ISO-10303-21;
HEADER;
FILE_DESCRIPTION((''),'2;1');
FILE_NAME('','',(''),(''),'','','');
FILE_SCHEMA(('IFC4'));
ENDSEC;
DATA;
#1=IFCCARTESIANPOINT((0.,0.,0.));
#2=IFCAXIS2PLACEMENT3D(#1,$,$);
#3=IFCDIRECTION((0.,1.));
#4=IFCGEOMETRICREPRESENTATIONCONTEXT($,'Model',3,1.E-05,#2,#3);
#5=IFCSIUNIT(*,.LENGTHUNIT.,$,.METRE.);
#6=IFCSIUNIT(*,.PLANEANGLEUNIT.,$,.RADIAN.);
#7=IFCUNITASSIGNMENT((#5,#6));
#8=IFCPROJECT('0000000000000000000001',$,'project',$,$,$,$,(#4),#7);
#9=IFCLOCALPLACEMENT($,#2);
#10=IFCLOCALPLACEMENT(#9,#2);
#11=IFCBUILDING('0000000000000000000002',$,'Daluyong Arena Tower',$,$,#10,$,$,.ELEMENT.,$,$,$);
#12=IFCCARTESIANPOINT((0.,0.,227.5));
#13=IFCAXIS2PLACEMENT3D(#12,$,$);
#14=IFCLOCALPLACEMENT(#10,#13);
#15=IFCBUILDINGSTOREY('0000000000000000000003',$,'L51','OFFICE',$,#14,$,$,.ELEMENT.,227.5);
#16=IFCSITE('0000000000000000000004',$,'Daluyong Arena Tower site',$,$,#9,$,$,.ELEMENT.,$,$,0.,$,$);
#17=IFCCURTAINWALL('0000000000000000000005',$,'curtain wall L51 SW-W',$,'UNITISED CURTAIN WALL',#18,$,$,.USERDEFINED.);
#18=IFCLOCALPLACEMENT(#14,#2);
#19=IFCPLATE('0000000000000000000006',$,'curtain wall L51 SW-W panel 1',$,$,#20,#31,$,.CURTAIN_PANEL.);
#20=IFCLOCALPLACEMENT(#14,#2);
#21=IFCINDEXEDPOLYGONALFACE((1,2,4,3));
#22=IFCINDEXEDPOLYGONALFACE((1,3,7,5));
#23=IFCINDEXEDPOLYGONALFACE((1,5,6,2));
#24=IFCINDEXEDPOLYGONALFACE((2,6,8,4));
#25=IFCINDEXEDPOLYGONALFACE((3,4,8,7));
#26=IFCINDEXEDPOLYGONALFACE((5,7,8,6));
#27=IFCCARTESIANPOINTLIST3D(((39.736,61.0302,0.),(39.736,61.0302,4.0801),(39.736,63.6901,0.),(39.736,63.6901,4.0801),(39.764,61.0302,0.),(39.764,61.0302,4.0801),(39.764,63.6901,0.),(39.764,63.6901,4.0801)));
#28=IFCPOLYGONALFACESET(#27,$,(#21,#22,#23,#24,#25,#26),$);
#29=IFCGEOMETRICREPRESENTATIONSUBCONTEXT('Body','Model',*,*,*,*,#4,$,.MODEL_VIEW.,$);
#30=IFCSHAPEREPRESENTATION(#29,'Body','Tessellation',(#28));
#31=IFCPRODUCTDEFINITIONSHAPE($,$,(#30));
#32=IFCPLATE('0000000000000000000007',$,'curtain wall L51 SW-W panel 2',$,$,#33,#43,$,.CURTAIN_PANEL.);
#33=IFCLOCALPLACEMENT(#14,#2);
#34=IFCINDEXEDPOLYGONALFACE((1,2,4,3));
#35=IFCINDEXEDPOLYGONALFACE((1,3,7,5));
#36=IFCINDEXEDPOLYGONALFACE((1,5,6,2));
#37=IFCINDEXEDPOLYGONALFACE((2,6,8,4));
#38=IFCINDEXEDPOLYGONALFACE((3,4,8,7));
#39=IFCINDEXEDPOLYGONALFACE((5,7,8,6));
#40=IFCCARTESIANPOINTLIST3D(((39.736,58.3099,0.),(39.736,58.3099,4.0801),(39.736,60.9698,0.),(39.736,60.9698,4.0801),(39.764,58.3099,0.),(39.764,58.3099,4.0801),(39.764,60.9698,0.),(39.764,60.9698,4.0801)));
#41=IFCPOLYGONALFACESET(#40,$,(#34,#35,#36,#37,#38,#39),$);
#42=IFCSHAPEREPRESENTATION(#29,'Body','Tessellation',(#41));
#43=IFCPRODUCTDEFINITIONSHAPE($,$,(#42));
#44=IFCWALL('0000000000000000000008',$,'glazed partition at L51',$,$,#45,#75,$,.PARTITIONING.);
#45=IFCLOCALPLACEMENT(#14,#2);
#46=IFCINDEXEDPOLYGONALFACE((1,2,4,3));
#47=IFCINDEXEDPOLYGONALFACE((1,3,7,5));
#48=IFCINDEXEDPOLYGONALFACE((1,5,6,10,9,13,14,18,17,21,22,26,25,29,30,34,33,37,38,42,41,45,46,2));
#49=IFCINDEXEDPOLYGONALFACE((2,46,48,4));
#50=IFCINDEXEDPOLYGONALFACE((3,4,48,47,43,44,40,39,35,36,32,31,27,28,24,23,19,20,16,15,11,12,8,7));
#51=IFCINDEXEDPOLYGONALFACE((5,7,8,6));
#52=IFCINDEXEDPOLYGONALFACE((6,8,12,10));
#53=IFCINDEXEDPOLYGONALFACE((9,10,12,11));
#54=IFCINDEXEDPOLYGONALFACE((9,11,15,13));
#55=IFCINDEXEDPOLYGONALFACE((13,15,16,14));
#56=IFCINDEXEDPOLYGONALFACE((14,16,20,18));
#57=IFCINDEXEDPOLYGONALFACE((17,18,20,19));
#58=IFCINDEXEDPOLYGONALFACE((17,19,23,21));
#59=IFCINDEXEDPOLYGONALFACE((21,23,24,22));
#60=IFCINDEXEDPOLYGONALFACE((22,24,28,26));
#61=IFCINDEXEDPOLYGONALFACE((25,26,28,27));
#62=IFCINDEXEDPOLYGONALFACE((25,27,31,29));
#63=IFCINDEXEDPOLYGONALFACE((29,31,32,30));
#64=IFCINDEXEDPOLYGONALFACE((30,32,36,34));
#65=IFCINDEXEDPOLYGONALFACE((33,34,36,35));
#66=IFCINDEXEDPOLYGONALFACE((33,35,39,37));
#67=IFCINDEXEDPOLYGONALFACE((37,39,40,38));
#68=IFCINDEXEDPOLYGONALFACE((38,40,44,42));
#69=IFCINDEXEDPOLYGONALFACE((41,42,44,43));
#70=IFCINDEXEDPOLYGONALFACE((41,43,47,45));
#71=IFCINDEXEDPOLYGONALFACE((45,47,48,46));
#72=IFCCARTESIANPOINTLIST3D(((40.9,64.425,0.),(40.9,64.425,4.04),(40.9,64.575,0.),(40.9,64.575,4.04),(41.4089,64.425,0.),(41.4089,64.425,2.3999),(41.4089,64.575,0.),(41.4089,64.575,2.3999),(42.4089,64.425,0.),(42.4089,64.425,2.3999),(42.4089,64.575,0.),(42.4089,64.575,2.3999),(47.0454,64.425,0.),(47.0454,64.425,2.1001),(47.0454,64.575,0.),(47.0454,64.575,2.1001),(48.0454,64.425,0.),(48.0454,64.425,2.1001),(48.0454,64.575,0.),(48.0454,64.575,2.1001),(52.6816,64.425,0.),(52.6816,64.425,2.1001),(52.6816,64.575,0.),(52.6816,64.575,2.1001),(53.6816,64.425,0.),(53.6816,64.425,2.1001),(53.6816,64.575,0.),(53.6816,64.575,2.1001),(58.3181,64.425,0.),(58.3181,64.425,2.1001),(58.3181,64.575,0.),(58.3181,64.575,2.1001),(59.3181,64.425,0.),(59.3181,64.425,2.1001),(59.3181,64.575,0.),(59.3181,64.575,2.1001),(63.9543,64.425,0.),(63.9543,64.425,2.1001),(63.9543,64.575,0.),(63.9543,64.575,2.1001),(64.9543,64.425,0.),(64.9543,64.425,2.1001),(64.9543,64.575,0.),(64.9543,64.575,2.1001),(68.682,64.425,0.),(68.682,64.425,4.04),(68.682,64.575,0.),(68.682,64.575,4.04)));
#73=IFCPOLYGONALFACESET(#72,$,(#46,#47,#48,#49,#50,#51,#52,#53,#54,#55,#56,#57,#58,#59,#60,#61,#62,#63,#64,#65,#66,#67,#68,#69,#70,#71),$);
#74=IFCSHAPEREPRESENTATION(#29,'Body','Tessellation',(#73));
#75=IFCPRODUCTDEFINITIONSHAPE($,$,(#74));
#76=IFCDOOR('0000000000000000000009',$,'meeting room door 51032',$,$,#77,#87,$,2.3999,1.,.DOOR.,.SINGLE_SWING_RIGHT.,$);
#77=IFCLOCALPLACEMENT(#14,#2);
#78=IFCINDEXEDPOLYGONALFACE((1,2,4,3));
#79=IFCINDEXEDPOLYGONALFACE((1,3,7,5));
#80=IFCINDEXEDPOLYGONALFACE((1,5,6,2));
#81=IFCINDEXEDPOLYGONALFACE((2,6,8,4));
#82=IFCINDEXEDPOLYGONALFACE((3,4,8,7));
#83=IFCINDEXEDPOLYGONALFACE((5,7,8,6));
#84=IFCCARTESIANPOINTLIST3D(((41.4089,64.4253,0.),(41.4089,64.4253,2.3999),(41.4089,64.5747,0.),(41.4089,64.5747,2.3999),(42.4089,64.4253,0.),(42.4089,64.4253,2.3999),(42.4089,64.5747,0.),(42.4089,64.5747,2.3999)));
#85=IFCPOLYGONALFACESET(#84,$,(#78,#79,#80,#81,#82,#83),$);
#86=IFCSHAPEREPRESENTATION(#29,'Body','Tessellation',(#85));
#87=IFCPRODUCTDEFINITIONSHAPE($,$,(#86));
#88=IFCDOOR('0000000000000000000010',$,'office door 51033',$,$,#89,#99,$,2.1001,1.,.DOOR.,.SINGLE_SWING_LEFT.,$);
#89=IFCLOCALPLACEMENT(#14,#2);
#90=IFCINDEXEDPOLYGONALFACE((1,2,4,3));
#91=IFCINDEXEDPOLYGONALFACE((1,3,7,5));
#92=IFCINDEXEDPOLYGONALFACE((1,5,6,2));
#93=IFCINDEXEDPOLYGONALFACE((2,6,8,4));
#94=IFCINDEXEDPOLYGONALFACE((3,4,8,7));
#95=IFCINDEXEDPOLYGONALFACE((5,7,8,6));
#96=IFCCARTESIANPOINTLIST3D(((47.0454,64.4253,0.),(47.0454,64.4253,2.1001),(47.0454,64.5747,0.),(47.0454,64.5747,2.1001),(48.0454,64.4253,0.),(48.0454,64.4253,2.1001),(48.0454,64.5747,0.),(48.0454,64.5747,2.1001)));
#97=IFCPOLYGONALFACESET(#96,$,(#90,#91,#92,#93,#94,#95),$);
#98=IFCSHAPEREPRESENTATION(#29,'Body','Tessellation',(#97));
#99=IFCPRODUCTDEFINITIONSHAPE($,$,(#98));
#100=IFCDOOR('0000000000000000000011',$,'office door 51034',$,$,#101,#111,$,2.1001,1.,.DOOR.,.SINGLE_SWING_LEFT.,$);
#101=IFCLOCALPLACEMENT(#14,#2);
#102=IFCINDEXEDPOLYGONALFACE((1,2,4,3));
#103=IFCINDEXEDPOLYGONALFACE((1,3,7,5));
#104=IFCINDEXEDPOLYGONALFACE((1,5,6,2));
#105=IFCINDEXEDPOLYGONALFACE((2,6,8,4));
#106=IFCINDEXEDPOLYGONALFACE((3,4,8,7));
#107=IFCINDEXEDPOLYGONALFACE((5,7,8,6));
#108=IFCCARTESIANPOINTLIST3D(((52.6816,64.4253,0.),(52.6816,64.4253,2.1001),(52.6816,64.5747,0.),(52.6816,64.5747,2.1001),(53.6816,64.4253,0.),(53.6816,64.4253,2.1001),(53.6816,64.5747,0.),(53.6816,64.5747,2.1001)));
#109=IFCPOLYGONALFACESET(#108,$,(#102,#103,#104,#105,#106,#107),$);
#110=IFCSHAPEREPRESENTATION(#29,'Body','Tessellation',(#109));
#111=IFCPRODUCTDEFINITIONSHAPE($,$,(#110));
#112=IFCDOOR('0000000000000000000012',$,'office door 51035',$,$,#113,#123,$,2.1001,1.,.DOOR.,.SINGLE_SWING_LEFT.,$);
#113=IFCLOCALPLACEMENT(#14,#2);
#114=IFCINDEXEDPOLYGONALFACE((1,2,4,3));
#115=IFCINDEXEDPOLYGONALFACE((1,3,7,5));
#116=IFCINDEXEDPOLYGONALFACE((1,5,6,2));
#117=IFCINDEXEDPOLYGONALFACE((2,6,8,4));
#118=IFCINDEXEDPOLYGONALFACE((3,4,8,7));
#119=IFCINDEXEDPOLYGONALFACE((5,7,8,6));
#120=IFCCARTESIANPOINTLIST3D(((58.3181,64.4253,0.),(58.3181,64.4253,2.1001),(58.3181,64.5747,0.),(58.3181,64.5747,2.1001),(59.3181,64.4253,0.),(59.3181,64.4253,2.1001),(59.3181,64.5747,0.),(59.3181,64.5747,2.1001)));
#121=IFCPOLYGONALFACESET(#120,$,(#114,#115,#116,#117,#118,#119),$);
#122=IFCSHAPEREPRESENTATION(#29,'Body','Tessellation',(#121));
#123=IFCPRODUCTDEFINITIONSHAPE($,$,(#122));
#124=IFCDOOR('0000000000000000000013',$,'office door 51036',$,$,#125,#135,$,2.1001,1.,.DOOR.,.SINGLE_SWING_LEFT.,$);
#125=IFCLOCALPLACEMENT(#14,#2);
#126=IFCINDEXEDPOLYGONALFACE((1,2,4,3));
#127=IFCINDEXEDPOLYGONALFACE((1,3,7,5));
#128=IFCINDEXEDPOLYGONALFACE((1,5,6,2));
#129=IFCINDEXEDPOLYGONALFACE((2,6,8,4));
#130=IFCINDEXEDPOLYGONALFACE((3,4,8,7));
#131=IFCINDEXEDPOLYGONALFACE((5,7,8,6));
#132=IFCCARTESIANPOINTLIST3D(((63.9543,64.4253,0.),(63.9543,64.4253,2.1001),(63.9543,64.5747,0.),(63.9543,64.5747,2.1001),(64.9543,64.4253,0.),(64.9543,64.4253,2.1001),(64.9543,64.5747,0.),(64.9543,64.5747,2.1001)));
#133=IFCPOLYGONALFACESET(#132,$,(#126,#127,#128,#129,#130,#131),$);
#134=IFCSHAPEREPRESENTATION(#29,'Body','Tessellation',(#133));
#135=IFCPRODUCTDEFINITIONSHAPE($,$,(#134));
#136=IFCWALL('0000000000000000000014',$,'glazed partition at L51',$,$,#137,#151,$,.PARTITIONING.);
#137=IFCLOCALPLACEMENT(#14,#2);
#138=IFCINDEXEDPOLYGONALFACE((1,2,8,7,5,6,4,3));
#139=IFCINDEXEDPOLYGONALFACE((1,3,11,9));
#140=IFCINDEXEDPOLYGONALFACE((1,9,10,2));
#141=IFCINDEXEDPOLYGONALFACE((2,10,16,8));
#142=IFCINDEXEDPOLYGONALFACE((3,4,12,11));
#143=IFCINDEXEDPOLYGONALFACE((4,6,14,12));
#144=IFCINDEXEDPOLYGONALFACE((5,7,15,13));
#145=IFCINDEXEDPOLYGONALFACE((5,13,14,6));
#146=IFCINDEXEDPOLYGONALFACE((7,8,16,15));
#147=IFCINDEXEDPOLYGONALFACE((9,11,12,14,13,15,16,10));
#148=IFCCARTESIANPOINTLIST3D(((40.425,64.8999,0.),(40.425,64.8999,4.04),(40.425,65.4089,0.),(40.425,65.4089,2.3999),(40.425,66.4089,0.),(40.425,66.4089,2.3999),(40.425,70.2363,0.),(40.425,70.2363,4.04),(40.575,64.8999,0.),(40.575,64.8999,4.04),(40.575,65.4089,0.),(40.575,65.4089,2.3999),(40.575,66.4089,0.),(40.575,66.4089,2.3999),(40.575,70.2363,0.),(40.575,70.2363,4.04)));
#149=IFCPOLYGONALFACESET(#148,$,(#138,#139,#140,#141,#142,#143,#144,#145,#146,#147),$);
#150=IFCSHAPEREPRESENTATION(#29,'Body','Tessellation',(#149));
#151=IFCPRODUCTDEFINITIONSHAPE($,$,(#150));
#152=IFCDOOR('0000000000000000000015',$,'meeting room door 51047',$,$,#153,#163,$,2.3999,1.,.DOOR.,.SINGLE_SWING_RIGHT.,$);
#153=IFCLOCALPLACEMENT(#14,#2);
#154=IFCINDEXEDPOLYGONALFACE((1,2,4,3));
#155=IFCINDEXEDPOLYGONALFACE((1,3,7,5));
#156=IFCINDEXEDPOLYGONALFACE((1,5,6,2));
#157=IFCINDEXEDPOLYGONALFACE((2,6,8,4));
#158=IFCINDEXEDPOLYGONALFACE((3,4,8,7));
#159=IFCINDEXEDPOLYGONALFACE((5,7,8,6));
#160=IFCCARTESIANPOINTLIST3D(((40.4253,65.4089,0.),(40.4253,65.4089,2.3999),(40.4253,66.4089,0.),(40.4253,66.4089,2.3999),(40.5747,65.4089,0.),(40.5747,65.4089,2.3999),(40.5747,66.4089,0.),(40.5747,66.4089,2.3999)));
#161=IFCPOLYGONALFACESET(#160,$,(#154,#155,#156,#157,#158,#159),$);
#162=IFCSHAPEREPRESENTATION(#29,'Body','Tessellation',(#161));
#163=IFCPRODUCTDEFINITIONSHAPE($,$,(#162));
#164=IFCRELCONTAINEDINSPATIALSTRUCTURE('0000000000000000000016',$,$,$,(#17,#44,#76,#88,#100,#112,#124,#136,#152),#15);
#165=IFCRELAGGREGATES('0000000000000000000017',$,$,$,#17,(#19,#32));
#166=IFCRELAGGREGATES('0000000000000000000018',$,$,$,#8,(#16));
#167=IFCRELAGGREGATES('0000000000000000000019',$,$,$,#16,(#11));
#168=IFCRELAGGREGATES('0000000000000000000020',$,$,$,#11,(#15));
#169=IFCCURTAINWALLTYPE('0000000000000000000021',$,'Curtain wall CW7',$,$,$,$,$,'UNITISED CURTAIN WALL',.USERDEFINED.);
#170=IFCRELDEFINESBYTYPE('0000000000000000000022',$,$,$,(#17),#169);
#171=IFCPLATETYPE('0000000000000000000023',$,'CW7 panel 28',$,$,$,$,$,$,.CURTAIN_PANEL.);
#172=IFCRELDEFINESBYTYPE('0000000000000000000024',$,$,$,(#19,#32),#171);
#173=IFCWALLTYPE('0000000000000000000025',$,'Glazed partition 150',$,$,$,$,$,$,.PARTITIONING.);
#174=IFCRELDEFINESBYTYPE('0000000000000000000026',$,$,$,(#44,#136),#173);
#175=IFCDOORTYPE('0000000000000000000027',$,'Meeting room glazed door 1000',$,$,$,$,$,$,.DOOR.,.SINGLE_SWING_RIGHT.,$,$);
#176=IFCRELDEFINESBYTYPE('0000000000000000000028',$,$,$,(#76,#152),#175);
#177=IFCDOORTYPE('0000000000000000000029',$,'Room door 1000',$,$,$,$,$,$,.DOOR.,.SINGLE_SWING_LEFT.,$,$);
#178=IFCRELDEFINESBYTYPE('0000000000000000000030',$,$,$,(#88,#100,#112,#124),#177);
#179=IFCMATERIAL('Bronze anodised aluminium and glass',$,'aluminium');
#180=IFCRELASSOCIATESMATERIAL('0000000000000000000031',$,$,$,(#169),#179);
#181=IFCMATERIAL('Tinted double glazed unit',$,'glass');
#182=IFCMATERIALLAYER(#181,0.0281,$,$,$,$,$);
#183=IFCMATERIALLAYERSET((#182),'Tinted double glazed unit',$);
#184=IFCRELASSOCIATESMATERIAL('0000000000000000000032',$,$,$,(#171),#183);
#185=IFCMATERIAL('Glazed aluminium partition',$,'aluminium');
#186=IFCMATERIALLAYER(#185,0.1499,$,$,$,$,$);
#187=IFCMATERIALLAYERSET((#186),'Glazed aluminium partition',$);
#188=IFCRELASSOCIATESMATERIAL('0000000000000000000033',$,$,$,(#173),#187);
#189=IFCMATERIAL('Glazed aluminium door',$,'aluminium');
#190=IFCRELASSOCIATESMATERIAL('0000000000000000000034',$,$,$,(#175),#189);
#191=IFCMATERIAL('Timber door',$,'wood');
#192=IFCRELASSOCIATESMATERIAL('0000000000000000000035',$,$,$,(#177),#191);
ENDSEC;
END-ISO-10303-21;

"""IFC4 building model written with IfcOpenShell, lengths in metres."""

from ifc_helpers import new_model, si_unit, direction, frame, frame_2d, origin, origin_2d, place, context, subcontext, project, spatial, rectangle, extrude, material, layer, layer_set, type_object, element, fill, aggregate, save


model = new_model("IFC4")

# Units and contexts
model_context = context("Model", 3, precision=1e-05, world=origin(), true_north=direction((0.0, 1.0)))
body_context = subcontext(model_context, "Body", "Model", "MODEL_VIEW")
ifc_project = project(units=[si_unit("LENGTHUNIT", "METRE"), si_unit("PLANEANGLEUNIT", "RADIAN")], contexts=[model_context])

# Site, building, storey
site_placement = place(None, origin())
site = spatial("IfcSite", under=ifc_project, at=site_placement, Name="Daluyong Arena Tower site", CompositionType="ELEMENT", RefElevation=0.0)
building_placement = place(site_placement, origin())
building = spatial("IfcBuilding", under=site, at=building_placement, Name="Daluyong Arena Tower", CompositionType="ELEMENT")
storey_placement = place(building_placement, frame((0.0, 0.0, 227.5)))
storey = spatial("IfcBuildingStorey", under=building, at=storey_placement, Name="L51", Description="OFFICE", CompositionType="ELEMENT", Elevation=227.5)

# Shared definitions
ifc_material_1 = material(Name="Bronze anodised aluminium and glass", Category="aluminium")
curtain_wall_type = type_object("IfcCurtainWallType", Name="Curtain wall CW7", ElementType="UNITISED CURTAIN WALL", PredefinedType="USERDEFINED", material=ifc_material_1)

# Curtain wall
curtain_wall_1_placement = place(storey_placement, origin())
curtain_wall_1 = element("IfcCurtainWall", 1, at=curtain_wall_1_placement, inside=storey, type_object=curtain_wall_type, Name="curtain wall L51 SW-W", ObjectType="UNITISED CURTAIN WALL", PredefinedType="USERDEFINED")

# Plates
ifc_material_2 = material(Name="Tinted double glazed unit", Category="glass")
ifc_layer_1 = layer(ifc_material_2, 0.0281)
ifc_layer_set_1 = layer_set([ifc_layer_1], Name="Tinted double glazed unit")
plate_type = type_object("IfcPlateType", Name="CW7 panel 28", PredefinedType="CURTAIN_PANEL", material=ifc_layer_set_1)
plate_1_placement = place(storey_placement, frame((39.75, 62.3601, 0.0), z_axis=(0.0, 0.0, 1.0), x_axis=(0.0, -1.0, 0.0)))
plate_1 = element("IfcPlate", 2, at=plate_1_placement, type_object=plate_type, Name="curtain wall L51 SW-W panel 1", PredefinedType="CURTAIN_PANEL", context=body_context, shape_type="SweptSolid", body=[
    extrude(rectangle(XDim=2.6599, YDim=0.0281, at=origin_2d()), origin(), (0.0, 0.0, 1.0), 4.0801),
])
plate_2_placement = place(storey_placement, frame((39.75, 59.6399, 0.0), z_axis=(0.0, 0.0, 1.0), x_axis=(0.0, -1.0, 0.0)))
plate_2 = element("IfcPlate", 3, at=plate_2_placement, type_object=plate_type, Name="curtain wall L51 SW-W panel 2", PredefinedType="CURTAIN_PANEL", context=body_context, shape_type="SweptSolid", body=[
    extrude(rectangle(XDim=2.6599, YDim=0.0281, at=origin_2d()), origin(), (0.0, 0.0, 1.0), 4.0801),
])
aggregate(curtain_wall_1, [plate_1, plate_2])

# Wall, openings, doors
ifc_material_3 = material(Name="Glazed aluminium partition", Category="aluminium")
ifc_layer_2 = layer(ifc_material_3, 0.1499)
ifc_layer_set_2 = layer_set([ifc_layer_2], Name="Glazed aluminium partition")
wall_type_1 = type_object("IfcWallType", Name="Glazed partition 150", PredefinedType="PARTITIONING", material=ifc_layer_set_2)
wall_1_placement = place(storey_placement, frame((40.8999, 64.5, 0.0), z_axis=(0.0, 0.0, 1.0), x_axis=(1.0, 0.0, 0.0)))
wall_1 = element("IfcWall", 4, at=wall_1_placement, inside=storey, type_object=wall_type_1, Name="glazed partition at L51", PredefinedType="PARTITIONING", context=body_context, shape_type="SweptSolid", body=[
    extrude(rectangle(XDim=27.782, YDim=0.1499, at=frame_2d((13.8911, 0.0))), origin(), (0.0, 0.0, 1.0), 4.04),
])
opening_1_placement = place(wall_1_placement, frame((0.509, 0.0, 0.0)))
opening_1 = element("IfcOpeningElement", 5, at=opening_1_placement, cuts=wall_1, PredefinedType="OPENING", context=body_context, shape_type="SweptSolid", body=[
    extrude(rectangle(XDim=1.0, YDim=2.3999, at=frame_2d((0.5, 1.2))), frame((0.0, 0.085, 0.0), z_axis=(0.0, -1.0, 0.0), x_axis=(1.0, 0.0, 0.0)), (0.0, 0.0, 1.0), 0.1699),
])
opening_2_placement = place(wall_1_placement, frame((6.1455, 0.0, 0.0)))
opening_2 = element("IfcOpeningElement", 6, at=opening_2_placement, cuts=wall_1, PredefinedType="OPENING", context=body_context, shape_type="SweptSolid", body=[
    extrude(rectangle(XDim=1.0, YDim=2.1001, at=frame_2d((0.5, 1.05))), frame((0.0, 0.085, 0.0), z_axis=(0.0, -1.0, 0.0), x_axis=(1.0, 0.0, 0.0)), (0.0, 0.0, 1.0), 0.1699),
])
opening_3_placement = place(wall_1_placement, frame((11.7817, 0.0, 0.0)))
opening_3 = element("IfcOpeningElement", 7, at=opening_3_placement, cuts=wall_1, PredefinedType="OPENING", context=body_context, shape_type="SweptSolid", body=[
    extrude(rectangle(XDim=1.0, YDim=2.1001, at=frame_2d((0.5, 1.05))), frame((0.0, 0.085, 0.0), z_axis=(0.0, -1.0, 0.0), x_axis=(1.0, 0.0, 0.0)), (0.0, 0.0, 1.0), 0.1699),
])
opening_4_placement = place(wall_1_placement, frame((17.4182, 0.0, 0.0)))
opening_4 = element("IfcOpeningElement", 8, at=opening_4_placement, cuts=wall_1, PredefinedType="OPENING", context=body_context, shape_type="SweptSolid", body=[
    extrude(rectangle(XDim=1.0, YDim=2.1001, at=frame_2d((0.5, 1.05))), frame((0.0, 0.085, 0.0), z_axis=(0.0, -1.0, 0.0), x_axis=(1.0, 0.0, 0.0)), (0.0, 0.0, 1.0), 0.1699),
])
opening_5_placement = place(wall_1_placement, frame((23.0544, 0.0, 0.0)))
opening_5 = element("IfcOpeningElement", 9, at=opening_5_placement, cuts=wall_1, PredefinedType="OPENING", context=body_context, shape_type="SweptSolid", body=[
    extrude(rectangle(XDim=1.0, YDim=2.1001, at=frame_2d((0.5, 1.05))), frame((0.0, 0.085, 0.0), z_axis=(0.0, -1.0, 0.0), x_axis=(1.0, 0.0, 0.0)), (0.0, 0.0, 1.0), 0.1699),
])
ifc_material_4 = material(Name="Glazed aluminium door", Category="aluminium")
door_type_1 = type_object("IfcDoorType", Name="Meeting room glazed door 1000", OperationType="SINGLE_SWING_RIGHT", PredefinedType="DOOR", material=ifc_material_4)
door_1_placement = place(opening_1_placement, origin())
door_1 = element("IfcDoor", 10, at=door_1_placement, inside=storey, type_object=door_type_1, Name="meeting room door 51032", OperationType="SINGLE_SWING_RIGHT", OverallHeight=2.3999, OverallWidth=1.0, PredefinedType="DOOR", context=body_context, shape_type="SweptSolid", body=[
    extrude(rectangle(XDim=1.0, YDim=2.3999, at=frame_2d((0.5, 1.2))), frame((0.0, 0.0747, 0.0), z_axis=(0.0, -1.0, 0.0), x_axis=(1.0, 0.0, 0.0)), (0.0, 0.0, 1.0), 0.1494),
])
fill(opening_1, door_1)
ifc_material_5 = material(Name="Timber door", Category="wood")
door_type_2 = type_object("IfcDoorType", Name="Room door 1000", OperationType="SINGLE_SWING_LEFT", PredefinedType="DOOR", material=ifc_material_5)
door_2_placement = place(opening_2_placement, origin())
door_2 = element("IfcDoor", 11, at=door_2_placement, inside=storey, type_object=door_type_2, Name="office door 51033", OperationType="SINGLE_SWING_LEFT", OverallHeight=2.1001, OverallWidth=1.0, PredefinedType="DOOR", context=body_context, shape_type="SweptSolid", body=[
    extrude(rectangle(XDim=1.0, YDim=2.1001, at=frame_2d((0.5, 1.05))), frame((0.0, 0.0747, 0.0), z_axis=(0.0, -1.0, 0.0), x_axis=(1.0, 0.0, 0.0)), (0.0, 0.0, 1.0), 0.1494),
])
fill(opening_2, door_2)
door_3_placement = place(opening_3_placement, origin())
door_3 = element("IfcDoor", 12, at=door_3_placement, inside=storey, type_object=door_type_2, Name="office door 51034", OperationType="SINGLE_SWING_LEFT", OverallHeight=2.1001, OverallWidth=1.0, PredefinedType="DOOR", context=body_context, shape_type="SweptSolid", body=[
    extrude(rectangle(XDim=1.0, YDim=2.1001, at=frame_2d((0.5, 1.05))), frame((0.0, 0.0747, 0.0), z_axis=(0.0, -1.0, 0.0), x_axis=(1.0, 0.0, 0.0)), (0.0, 0.0, 1.0), 0.1494),
])
fill(opening_3, door_3)
door_4_placement = place(opening_4_placement, origin())
door_4 = element("IfcDoor", 13, at=door_4_placement, inside=storey, type_object=door_type_2, Name="office door 51035", OperationType="SINGLE_SWING_LEFT", OverallHeight=2.1001, OverallWidth=1.0, PredefinedType="DOOR", context=body_context, shape_type="SweptSolid", body=[
    extrude(rectangle(XDim=1.0, YDim=2.1001, at=frame_2d((0.5, 1.05))), frame((0.0, 0.0747, 0.0), z_axis=(0.0, -1.0, 0.0), x_axis=(1.0, 0.0, 0.0)), (0.0, 0.0, 1.0), 0.1494),
])
fill(opening_4, door_4)
door_5_placement = place(opening_5_placement, origin())
door_5 = element("IfcDoor", 14, at=door_5_placement, inside=storey, type_object=door_type_2, Name="office door 51036", OperationType="SINGLE_SWING_LEFT", OverallHeight=2.1001, OverallWidth=1.0, PredefinedType="DOOR", context=body_context, shape_type="SweptSolid", body=[
    extrude(rectangle(XDim=1.0, YDim=2.1001, at=frame_2d((0.5, 1.05))), frame((0.0, 0.0747, 0.0), z_axis=(0.0, -1.0, 0.0), x_axis=(1.0, 0.0, 0.0)), (0.0, 0.0, 1.0), 0.1494),
])
fill(opening_5, door_5)

# Wall, opening, door
wall_2_placement = place(storey_placement, frame((40.5, 64.8999, 0.0), z_axis=(0.0, 0.0, 1.0), x_axis=(0.0, 1.0, 0.0)))
wall_2 = element("IfcWall", 15, at=wall_2_placement, inside=storey, type_object=wall_type_1, Name="glazed partition at L51", PredefinedType="PARTITIONING", context=body_context, shape_type="SweptSolid", body=[
    extrude(rectangle(XDim=5.3364, YDim=0.1499, at=frame_2d((2.6682, 0.0))), origin(), (0.0, 0.0, 1.0), 4.04),
])
opening_6_placement = place(wall_2_placement, frame((0.509, 0.0, 0.0)))
opening_6 = element("IfcOpeningElement", 16, at=opening_6_placement, cuts=wall_2, PredefinedType="OPENING", context=body_context, shape_type="SweptSolid", body=[
    extrude(rectangle(XDim=1.0, YDim=2.3999, at=frame_2d((0.5, 1.2))), frame((0.0, 0.085, 0.0), z_axis=(0.0, -1.0, 0.0), x_axis=(1.0, 0.0, 0.0)), (0.0, 0.0, 1.0), 0.1699),
])
door_6_placement = place(opening_6_placement, origin())
door_6 = element("IfcDoor", 17, at=door_6_placement, inside=storey, type_object=door_type_1, Name="meeting room door 51047", OperationType="SINGLE_SWING_RIGHT", OverallHeight=2.3999, OverallWidth=1.0, PredefinedType="DOOR", context=body_context, shape_type="SweptSolid", body=[
    extrude(rectangle(XDim=1.0, YDim=2.3999, at=frame_2d((0.5, 1.2))), frame((0.0, 0.0747, 0.0), z_axis=(0.0, -1.0, 0.0), x_axis=(1.0, 0.0, 0.0)), (0.0, 0.0, 1.0), 0.1494),
])
fill(opening_6, door_6)

save(model, "model.ifc")
